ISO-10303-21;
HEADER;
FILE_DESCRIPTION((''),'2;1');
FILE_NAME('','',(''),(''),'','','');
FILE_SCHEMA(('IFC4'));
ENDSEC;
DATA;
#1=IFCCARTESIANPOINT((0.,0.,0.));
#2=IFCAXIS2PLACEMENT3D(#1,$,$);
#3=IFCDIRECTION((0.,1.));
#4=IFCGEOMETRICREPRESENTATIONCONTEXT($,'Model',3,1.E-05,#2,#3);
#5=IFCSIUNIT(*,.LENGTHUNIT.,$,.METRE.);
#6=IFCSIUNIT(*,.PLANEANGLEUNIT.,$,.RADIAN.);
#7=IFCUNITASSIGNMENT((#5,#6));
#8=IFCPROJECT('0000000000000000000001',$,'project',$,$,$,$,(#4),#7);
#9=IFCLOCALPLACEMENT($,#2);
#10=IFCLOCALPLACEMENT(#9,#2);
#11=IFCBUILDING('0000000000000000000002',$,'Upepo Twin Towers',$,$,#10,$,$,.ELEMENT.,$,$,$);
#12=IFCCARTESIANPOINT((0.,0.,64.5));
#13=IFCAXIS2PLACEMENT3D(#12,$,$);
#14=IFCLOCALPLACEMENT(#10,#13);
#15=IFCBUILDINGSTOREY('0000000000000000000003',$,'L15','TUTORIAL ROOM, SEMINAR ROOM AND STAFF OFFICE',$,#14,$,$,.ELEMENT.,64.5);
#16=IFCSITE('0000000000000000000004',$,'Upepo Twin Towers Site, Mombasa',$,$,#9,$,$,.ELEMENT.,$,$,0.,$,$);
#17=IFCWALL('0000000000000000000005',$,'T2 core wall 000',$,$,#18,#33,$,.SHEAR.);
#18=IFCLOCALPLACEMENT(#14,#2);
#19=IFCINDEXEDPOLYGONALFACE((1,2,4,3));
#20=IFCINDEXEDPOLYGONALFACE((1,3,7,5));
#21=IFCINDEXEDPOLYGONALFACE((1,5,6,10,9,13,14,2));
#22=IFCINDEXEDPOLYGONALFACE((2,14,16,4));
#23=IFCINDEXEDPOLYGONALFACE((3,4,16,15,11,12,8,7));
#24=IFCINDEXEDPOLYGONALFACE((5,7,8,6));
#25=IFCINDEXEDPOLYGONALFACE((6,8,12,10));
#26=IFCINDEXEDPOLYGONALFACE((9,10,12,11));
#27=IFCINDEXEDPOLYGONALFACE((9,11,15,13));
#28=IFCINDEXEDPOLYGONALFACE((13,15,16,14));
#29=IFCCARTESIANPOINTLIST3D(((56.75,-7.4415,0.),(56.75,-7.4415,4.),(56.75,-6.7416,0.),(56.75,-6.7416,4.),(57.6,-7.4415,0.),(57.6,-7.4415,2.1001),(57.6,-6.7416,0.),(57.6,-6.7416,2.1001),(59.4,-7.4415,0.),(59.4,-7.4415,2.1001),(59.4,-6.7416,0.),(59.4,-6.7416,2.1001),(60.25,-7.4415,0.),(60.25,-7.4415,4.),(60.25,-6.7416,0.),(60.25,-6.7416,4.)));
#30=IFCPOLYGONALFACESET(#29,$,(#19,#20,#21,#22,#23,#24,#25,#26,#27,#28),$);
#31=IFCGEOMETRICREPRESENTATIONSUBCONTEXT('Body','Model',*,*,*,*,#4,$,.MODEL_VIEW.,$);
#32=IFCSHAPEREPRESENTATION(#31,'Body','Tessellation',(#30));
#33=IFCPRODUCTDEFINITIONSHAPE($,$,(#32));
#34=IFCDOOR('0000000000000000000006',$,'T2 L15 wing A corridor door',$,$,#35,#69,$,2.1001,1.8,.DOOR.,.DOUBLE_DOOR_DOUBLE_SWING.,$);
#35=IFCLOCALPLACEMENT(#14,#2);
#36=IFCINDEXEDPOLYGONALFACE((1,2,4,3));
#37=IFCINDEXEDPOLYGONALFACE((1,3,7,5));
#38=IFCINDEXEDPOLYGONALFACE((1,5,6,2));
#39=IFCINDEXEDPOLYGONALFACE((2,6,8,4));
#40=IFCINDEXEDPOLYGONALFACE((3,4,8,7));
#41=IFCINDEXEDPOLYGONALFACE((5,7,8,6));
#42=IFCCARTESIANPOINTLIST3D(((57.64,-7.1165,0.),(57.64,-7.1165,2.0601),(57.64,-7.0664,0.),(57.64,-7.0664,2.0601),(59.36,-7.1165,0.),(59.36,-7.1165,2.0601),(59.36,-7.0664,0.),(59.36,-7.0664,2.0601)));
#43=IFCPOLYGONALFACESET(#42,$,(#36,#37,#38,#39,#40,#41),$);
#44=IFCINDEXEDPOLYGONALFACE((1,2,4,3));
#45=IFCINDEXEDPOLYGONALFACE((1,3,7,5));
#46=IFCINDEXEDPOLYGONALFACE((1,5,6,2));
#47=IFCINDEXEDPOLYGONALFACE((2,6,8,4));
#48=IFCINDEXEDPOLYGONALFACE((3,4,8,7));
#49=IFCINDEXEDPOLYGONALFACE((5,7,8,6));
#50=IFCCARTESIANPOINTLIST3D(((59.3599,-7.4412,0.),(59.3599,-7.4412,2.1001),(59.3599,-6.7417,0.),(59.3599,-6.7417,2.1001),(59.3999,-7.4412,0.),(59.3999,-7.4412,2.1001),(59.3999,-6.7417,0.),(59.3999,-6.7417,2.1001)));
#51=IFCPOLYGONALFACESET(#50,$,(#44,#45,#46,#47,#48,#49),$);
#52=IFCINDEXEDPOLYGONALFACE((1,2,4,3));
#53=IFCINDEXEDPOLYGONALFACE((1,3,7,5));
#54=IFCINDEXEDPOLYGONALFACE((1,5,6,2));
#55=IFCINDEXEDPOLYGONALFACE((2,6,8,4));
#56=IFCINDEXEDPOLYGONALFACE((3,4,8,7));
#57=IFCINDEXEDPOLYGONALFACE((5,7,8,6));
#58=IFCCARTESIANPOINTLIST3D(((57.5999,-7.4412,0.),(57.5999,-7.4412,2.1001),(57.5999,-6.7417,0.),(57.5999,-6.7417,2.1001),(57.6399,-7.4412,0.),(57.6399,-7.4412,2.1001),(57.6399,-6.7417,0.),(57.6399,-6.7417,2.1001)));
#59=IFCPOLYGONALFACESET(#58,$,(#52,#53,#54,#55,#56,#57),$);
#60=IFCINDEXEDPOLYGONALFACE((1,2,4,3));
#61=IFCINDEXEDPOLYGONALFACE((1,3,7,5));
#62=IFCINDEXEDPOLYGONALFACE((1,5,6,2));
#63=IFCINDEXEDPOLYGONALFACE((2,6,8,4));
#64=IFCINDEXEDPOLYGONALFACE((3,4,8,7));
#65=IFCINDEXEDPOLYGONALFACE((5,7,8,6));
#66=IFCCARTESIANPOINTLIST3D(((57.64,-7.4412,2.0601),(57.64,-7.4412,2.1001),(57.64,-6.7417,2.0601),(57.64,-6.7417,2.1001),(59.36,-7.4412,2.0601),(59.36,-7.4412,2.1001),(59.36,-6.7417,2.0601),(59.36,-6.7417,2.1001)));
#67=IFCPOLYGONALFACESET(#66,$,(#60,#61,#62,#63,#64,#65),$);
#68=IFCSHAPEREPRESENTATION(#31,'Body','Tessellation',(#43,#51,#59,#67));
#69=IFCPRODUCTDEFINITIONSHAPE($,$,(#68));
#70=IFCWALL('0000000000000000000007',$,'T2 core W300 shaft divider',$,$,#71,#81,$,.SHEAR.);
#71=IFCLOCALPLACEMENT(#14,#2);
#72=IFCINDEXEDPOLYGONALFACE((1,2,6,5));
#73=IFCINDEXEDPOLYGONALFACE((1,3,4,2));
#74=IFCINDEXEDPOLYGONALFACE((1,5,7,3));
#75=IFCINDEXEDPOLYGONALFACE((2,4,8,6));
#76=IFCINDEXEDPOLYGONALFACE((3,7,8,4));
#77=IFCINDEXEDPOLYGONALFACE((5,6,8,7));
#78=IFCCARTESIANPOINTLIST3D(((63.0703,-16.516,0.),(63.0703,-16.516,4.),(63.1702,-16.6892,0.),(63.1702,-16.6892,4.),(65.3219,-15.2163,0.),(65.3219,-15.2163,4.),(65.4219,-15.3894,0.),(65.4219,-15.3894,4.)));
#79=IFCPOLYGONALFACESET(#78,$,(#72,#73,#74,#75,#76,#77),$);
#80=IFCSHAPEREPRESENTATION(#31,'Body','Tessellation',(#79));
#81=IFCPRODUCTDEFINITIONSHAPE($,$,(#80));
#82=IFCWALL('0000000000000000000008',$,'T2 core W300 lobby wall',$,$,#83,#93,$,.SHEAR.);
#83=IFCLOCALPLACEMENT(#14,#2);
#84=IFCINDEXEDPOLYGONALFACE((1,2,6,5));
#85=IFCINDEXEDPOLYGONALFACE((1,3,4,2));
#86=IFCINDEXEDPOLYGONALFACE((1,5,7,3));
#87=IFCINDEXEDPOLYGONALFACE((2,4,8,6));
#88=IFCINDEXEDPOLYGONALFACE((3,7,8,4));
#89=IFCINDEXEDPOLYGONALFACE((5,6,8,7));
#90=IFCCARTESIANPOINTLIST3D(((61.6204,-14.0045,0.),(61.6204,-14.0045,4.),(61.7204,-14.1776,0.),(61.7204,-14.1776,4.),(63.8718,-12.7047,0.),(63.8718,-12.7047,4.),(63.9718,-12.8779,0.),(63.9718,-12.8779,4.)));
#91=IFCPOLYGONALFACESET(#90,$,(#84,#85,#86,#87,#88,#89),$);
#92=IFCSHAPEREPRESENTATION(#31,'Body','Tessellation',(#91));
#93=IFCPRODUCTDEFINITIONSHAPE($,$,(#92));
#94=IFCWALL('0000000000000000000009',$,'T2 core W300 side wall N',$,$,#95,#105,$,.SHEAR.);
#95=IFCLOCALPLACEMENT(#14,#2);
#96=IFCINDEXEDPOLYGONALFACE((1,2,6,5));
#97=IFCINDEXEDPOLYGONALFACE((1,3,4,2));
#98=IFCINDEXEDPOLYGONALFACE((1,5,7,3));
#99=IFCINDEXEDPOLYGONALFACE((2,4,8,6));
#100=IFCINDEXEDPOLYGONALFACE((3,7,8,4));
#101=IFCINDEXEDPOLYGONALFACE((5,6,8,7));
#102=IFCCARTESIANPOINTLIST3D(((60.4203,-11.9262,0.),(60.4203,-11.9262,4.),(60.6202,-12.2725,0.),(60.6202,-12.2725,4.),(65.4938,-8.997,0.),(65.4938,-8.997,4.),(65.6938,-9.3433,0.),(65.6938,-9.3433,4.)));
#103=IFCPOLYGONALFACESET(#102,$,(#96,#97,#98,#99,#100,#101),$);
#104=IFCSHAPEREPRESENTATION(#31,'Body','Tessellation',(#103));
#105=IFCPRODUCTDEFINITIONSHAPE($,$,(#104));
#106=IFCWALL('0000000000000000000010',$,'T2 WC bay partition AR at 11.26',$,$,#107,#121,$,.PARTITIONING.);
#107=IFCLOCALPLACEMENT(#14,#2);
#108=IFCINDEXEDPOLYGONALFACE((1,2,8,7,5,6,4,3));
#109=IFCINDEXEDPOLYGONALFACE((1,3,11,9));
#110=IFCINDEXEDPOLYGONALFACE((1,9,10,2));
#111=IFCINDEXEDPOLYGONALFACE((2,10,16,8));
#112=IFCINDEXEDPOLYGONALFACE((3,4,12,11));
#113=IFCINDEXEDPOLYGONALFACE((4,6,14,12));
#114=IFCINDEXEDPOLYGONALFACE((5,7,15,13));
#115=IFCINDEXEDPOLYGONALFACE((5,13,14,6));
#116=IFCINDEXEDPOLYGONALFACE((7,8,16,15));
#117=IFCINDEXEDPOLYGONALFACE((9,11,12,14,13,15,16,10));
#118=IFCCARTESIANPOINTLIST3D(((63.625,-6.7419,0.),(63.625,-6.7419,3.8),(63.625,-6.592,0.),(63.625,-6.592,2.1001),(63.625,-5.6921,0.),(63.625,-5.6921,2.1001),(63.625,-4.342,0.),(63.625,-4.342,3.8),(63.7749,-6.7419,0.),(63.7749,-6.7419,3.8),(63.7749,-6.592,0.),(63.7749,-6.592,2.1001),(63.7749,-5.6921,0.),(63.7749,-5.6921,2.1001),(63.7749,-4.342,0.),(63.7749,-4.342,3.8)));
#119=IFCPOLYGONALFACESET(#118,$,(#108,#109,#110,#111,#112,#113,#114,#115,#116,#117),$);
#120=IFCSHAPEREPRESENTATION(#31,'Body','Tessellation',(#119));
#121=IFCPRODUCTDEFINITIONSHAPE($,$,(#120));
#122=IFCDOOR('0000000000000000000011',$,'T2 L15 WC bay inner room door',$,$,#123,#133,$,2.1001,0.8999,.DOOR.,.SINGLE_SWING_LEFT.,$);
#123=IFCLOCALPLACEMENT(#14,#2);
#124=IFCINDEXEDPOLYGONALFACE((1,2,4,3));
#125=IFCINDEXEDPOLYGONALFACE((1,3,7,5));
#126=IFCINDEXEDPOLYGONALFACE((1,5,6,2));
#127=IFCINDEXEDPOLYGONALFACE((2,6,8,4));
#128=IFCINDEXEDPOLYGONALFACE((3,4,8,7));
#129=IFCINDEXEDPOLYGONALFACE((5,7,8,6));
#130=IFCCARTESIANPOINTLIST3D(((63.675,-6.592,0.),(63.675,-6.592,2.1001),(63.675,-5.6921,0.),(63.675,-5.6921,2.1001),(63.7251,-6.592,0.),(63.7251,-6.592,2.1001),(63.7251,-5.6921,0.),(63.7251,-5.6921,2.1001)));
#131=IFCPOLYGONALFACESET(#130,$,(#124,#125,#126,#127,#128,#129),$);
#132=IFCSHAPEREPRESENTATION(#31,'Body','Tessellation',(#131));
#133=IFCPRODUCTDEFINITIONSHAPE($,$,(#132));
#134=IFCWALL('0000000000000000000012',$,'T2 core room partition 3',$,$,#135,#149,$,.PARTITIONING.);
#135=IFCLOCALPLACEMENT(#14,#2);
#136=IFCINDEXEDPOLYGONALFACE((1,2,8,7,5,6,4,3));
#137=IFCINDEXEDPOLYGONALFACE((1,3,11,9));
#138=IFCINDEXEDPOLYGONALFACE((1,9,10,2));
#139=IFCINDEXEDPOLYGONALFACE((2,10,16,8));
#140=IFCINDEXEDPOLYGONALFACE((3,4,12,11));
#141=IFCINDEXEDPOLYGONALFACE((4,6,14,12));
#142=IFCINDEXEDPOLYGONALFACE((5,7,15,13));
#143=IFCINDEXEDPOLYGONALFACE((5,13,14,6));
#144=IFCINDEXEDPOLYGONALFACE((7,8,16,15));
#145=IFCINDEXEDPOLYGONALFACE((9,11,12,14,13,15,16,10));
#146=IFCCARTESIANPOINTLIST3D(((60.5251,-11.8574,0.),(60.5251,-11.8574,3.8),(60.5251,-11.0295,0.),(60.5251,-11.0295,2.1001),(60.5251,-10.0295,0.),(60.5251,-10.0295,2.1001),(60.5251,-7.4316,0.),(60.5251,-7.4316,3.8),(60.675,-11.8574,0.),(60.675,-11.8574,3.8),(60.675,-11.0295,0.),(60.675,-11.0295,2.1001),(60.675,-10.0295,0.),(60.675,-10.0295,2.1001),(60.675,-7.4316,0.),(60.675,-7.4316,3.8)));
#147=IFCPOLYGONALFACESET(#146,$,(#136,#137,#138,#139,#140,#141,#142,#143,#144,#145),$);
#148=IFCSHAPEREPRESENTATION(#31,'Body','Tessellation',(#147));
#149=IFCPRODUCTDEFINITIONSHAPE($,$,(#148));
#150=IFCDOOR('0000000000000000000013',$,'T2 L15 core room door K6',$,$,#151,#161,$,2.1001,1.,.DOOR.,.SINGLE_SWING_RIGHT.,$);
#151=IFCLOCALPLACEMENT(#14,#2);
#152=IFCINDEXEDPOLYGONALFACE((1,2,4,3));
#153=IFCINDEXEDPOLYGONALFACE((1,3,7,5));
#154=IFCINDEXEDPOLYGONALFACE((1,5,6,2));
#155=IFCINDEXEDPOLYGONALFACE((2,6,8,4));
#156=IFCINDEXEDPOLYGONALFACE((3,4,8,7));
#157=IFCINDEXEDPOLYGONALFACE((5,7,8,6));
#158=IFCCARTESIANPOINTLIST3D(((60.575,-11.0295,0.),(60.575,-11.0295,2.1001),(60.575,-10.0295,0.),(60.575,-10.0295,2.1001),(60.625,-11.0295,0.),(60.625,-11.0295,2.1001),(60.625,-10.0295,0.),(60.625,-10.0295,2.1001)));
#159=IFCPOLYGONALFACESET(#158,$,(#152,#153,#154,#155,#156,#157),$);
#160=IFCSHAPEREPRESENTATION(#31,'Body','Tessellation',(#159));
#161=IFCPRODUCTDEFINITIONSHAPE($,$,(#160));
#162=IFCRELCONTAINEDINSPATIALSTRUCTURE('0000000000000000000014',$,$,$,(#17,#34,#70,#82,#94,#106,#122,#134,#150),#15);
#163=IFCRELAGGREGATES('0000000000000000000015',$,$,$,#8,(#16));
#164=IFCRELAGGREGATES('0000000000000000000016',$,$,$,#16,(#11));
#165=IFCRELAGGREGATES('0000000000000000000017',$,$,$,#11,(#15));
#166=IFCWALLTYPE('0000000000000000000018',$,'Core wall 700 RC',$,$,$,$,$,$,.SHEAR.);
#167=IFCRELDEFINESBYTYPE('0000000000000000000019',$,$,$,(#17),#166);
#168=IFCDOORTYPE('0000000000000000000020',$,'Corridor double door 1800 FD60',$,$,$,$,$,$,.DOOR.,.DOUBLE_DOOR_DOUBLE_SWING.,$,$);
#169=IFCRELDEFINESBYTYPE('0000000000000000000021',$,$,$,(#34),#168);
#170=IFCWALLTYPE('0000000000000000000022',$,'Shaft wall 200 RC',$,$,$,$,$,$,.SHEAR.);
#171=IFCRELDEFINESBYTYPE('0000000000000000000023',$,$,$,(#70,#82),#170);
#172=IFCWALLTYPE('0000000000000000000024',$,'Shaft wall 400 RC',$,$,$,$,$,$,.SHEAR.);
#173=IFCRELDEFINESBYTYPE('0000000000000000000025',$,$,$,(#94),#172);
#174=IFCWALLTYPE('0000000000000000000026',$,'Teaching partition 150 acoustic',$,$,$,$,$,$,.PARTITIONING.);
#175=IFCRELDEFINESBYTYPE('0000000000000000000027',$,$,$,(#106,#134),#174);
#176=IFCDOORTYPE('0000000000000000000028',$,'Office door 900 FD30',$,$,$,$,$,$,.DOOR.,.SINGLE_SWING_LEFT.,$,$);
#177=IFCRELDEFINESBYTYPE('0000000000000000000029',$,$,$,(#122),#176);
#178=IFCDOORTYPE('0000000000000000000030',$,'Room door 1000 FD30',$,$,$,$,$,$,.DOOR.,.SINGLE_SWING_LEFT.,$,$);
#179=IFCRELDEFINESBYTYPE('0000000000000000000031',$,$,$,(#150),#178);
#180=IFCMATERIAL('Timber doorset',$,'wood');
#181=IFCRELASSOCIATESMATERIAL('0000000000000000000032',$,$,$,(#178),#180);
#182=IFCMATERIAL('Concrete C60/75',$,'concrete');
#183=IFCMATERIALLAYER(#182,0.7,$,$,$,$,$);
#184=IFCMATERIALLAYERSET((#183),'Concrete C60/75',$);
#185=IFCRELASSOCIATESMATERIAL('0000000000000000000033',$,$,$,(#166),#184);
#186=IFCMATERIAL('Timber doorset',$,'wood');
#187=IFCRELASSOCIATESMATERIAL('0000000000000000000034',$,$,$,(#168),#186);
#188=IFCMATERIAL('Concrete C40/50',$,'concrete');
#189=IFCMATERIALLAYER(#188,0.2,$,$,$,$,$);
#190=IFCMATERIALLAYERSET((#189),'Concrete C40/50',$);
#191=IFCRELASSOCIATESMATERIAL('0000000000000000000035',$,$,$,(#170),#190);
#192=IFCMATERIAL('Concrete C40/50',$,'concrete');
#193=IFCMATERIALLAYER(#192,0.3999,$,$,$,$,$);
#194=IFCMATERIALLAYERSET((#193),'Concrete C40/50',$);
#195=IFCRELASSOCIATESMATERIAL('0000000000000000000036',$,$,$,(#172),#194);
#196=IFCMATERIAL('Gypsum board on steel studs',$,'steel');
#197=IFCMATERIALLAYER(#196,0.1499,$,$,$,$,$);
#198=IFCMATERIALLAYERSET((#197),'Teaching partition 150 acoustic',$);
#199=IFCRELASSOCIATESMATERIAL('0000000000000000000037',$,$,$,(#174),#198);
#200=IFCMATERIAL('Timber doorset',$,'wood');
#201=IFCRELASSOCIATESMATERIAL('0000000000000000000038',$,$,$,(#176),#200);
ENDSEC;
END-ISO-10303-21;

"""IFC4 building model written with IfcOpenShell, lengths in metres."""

from ifc_helpers import new_model, si_unit, direction, frame, frame_2d, origin, place, context, subcontext, project, spatial, rectangle, extrude, material, layer, layer_set, type_object, element, fill, save


model = new_model("IFC4")

# Units and contexts
model_context = context("Model", 3, precision=1e-05, world=origin(), true_north=direction((0.0, 1.0)))
body_context = subcontext(model_context, "Body", "Model", "MODEL_VIEW")
ifc_project = project(units=[si_unit("LENGTHUNIT", "METRE"), si_unit("PLANEANGLEUNIT", "RADIAN")], contexts=[model_context])

# Site, building, storey
site_placement = place(None, origin())
site = spatial("IfcSite", under=ifc_project, at=site_placement, Name="Upepo Twin Towers Site, Mombasa", CompositionType="ELEMENT", RefElevation=0.0)
building_placement = place(site_placement, origin())
building = spatial("IfcBuilding", under=site, at=building_placement, Name="Upepo Twin Towers", CompositionType="ELEMENT")
storey_placement = place(building_placement, frame((0.0, 0.0, 64.5)))
storey = spatial("IfcBuildingStorey", under=building, at=storey_placement, Name="L15", Description="TUTORIAL ROOM, SEMINAR ROOM AND STAFF OFFICE", CompositionType="ELEMENT", Elevation=64.5)

# Shared definitions
ifc_material_1 = material(Name="Timber doorset", Category="wood")
door_type_1 = type_object("IfcDoorType", Name="Room door 1000 FD30", OperationType="SINGLE_SWING_LEFT", PredefinedType="DOOR", material=ifc_material_1)

# Shared definitions
ifc_material_2 = material(Name="Concrete C60/75", Category="concrete")
ifc_layer_1 = layer(ifc_material_2, 0.7)
ifc_layer_set_1 = layer_set([ifc_layer_1], Name="Concrete C60/75")
wall_type_1 = type_object("IfcWallType", Name="Core wall 700 RC", PredefinedType="SHEAR", material=ifc_layer_set_1)

# Wall, opening, door
wall_1_placement = place(storey_placement, frame((60.25, -7.0916, 0.0), z_axis=(0.0, 0.0, 1.0), x_axis=(-1.0, 0.0, 0.0)))
wall_1 = element("IfcWall", 1, at=wall_1_placement, inside=storey, type_object=wall_type_1, Name="T2 core wall 000", PredefinedType="SHEAR", context=body_context, shape_type="SweptSolid", body=[
    extrude(rectangle(XDim=3.5, YDim=0.7, at=frame_2d((1.75, 0.0))), origin(), (0.0, 0.0, 1.0), 4.0),
])
opening_1_placement = place(wall_1_placement, frame((0.8501, 0.0, 0.0)))
opening_1 = element("IfcOpeningElement", 2, at=opening_1_placement, cuts=wall_1, PredefinedType="OPENING", context=body_context, shape_type="SweptSolid", body=[
    extrude(rectangle(XDim=1.8, YDim=2.1001, at=frame_2d((0.8999, 1.05))), frame((0.0, 0.3599, 0.0), z_axis=(0.0, -1.0, 0.0), x_axis=(1.0, 0.0, 0.0)), (0.0, 0.0, 1.0), 0.72),
])
ifc_material_3 = material(Name="Timber doorset", Category="wood")
door_type_2 = type_object("IfcDoorType", Name="Corridor double door 1800 FD60", OperationType="DOUBLE_DOOR_DOUBLE_SWING", PredefinedType="DOOR", material=ifc_material_3)
door_1_placement = place(opening_1_placement, origin())
door_1 = element("IfcDoor", 3, at=door_1_placement, inside=storey, type_object=door_type_2, Name="T2 L15 wing A corridor door", OperationType="DOUBLE_DOOR_DOUBLE_SWING", OverallHeight=2.1001, OverallWidth=1.8, PredefinedType="DOOR", context=body_context, shape_type="SweptSolid", body=[
    extrude(rectangle(XDim=1.72, YDim=2.0601, at=frame_2d((0.8999, 1.03))), frame((0.0, 0.0249, 0.0), z_axis=(0.0, -1.0, 0.0), x_axis=(1.0, 0.0, 0.0)), (0.0, 0.0, 1.0), 0.05),
    extrude(rectangle(XDim=0.04, YDim=2.1001, at=frame_2d((0.02, 1.05))), frame((0.0, 0.3496, 0.0), z_axis=(0.0, -1.0, 0.0), x_axis=(1.0, 0.0, 0.0)), (0.0, 0.0, 1.0), 0.6995),
    extrude(rectangle(XDim=0.04, YDim=2.1001, at=frame_2d((1.78, 1.05))), frame((0.0, 0.3496, 0.0), z_axis=(0.0, -1.0, 0.0), x_axis=(1.0, 0.0, 0.0)), (0.0, 0.0, 1.0), 0.6995),
    extrude(rectangle(XDim=1.72, YDim=0.04, at=frame_2d((0.8999, 2.0801))), frame((0.0, 0.3496, 0.0), z_axis=(0.0, -1.0, 0.0), x_axis=(1.0, 0.0, 0.0)), (0.0, 0.0, 1.0), 0.6995),
])
fill(opening_1, door_1)

# Walls
ifc_material_4 = material(Name="Concrete C40/50", Category="concrete")
ifc_layer_2 = layer(ifc_material_4, 0.2)
ifc_layer_set_2 = layer_set([ifc_layer_2], Name="Concrete C40/50")
wall_type_2 = type_object("IfcWallType", Name="Shaft wall 200 RC", PredefinedType="SHEAR", material=ifc_layer_set_2)
wall_2_placement = place(storey_placement, frame((63.1204, -16.6025, 0.0), z_axis=(0.0, 0.0, 1.0), x_axis=(0.866062, 0.499937, 0.0)))
element("IfcWall", 4, at=wall_2_placement, inside=storey, type_object=wall_type_2, Name="T2 core W300 shaft divider", PredefinedType="SHEAR", context=body_context, shape_type="SweptSolid", body=[
    extrude(rectangle(XDim=2.5999, YDim=0.2, at=frame_2d((1.2998, 0.0))), origin(), (0.0, 0.0, 1.0), 4.0),
])
wall_3_placement = place(storey_placement, frame((61.6704, -14.0911, 0.0), z_axis=(0.0, 0.0, 1.0), x_axis=(0.866039, 0.499977, 0.0)))
element("IfcWall", 5, at=wall_3_placement, inside=storey, type_object=wall_type_2, Name="T2 core W300 lobby wall", PredefinedType="SHEAR", context=body_context, shape_type="SweptSolid", body=[
    extrude(rectangle(XDim=2.5996, YDim=0.2, at=frame_2d((1.2998, 0.0))), origin(), (0.0, 0.0, 1.0), 4.0),
])
ifc_material_5 = material(Name="Concrete C40/50", Category="concrete")
ifc_layer_3 = layer(ifc_material_5, 0.3999)
ifc_layer_set_3 = layer_set([ifc_layer_3], Name="Concrete C40/50")
wall_type_3 = type_object("IfcWallType", Name="Shaft wall 400 RC", PredefinedType="SHEAR", material=ifc_layer_set_3)
wall_4_placement = place(storey_placement, frame((60.5203, -12.0994, 0.0), z_axis=(0.0, 0.0, 1.0), x_axis=(0.866024, 0.500003, 0.0)))
element("IfcWall", 6, at=wall_4_placement, inside=storey, type_object=wall_type_3, Name="T2 core W300 side wall N", PredefinedType="SHEAR", context=body_context, shape_type="SweptSolid", body=[
    extrude(rectangle(XDim=5.8584, YDim=0.3999, at=frame_2d((2.9292, 0.0))), origin(), (0.0, 0.0, 1.0), 4.0),
])

# Walls, openings, doors
ifc_material_6 = material(Name="Gypsum board on steel studs", Category="steel")
ifc_layer_4 = layer(ifc_material_6, 0.1499)
ifc_layer_set_4 = layer_set([ifc_layer_4], Name="Teaching partition 150 acoustic")
wall_type_4 = type_object("IfcWallType", Name="Teaching partition 150 acoustic", PredefinedType="PARTITIONING", material=ifc_layer_set_4)
wall_5_placement = place(storey_placement, frame((63.7, -6.7419, 0.0), z_axis=(0.0, 0.0, 1.0), x_axis=(0.0, 1.0, 0.0)))
wall_5 = element("IfcWall", 7, at=wall_5_placement, inside=storey, type_object=wall_type_4, Name="T2 WC bay partition AR at 11.26", PredefinedType="PARTITIONING", context=body_context, shape_type="SweptSolid", body=[
    extrude(rectangle(XDim=2.3999, YDim=0.1499, at=frame_2d((1.2, 0.0))), origin(), (0.0, 0.0, 1.0), 3.8),
])
opening_2_placement = place(wall_5_placement, frame((0.1499, 0.0, 0.0)))
opening_2 = element("IfcOpeningElement", 8, at=opening_2_placement, cuts=wall_5, PredefinedType="OPENING", context=body_context, shape_type="SweptSolid", body=[
    extrude(rectangle(XDim=0.8999, YDim=2.1001, at=frame_2d((0.45, 1.05))), frame((0.0, 0.085, 0.0), z_axis=(0.0, -1.0, 0.0), x_axis=(1.0, 0.0, 0.0)), (0.0, 0.0, 1.0), 0.1699),
])
ifc_material_7 = material(Name="Timber doorset", Category="wood")
door_type_3 = type_object("IfcDoorType", Name="Office door 900 FD30", OperationType="SINGLE_SWING_LEFT", PredefinedType="DOOR", material=ifc_material_7)
door_2_placement = place(opening_2_placement, origin())
door_2 = element("IfcDoor", 9, at=door_2_placement, inside=storey, type_object=door_type_3, Name="T2 L15 WC bay inner room door", OperationType="SINGLE_SWING_LEFT", OverallHeight=2.1001, OverallWidth=0.8999, PredefinedType="DOOR", context=body_context, shape_type="SweptSolid", body=[
    extrude(rectangle(XDim=0.8999, YDim=2.1001, at=frame_2d((0.45, 1.05))), frame((0.0, 0.0249, 0.0), z_axis=(0.0, -1.0, 0.0), x_axis=(1.0, 0.0, 0.0)), (0.0, 0.0, 1.0), 0.05),
])
fill(opening_2, door_2)
wall_6_placement = place(storey_placement, frame((60.6001, -7.4316, 0.0), z_axis=(0.0, 0.0, 1.0), x_axis=(0.0, -1.0, 0.0)))
wall_6 = element("IfcWall", 10, at=wall_6_placement, inside=storey, type_object=wall_type_4, Name="T2 core room partition 3", PredefinedType="PARTITIONING", context=body_context, shape_type="SweptSolid", body=[
    extrude(rectangle(XDim=4.4258, YDim=0.1499, at=frame_2d((2.2129, 0.0))), origin(), (0.0, 0.0, 1.0), 3.8),
])
opening_3_placement = place(wall_6_placement, frame((2.5979, 0.0, 0.0)))
opening_3 = element("IfcOpeningElement", 11, at=opening_3_placement, cuts=wall_6, PredefinedType="OPENING", context=body_context, shape_type="SweptSolid", body=[
    extrude(rectangle(XDim=1.0, YDim=2.1001, at=frame_2d((0.5, 1.05))), frame((0.0, 0.085, 0.0), z_axis=(0.0, -1.0, 0.0), x_axis=(1.0, 0.0, 0.0)), (0.0, 0.0, 1.0), 0.1699),
])
door_3_placement = place(opening_3_placement, origin())
door_3 = element("IfcDoor", 12, at=door_3_placement, inside=storey, type_object=door_type_1, Name="T2 L15 core room door K6", OperationType="SINGLE_SWING_RIGHT", OverallHeight=2.1001, OverallWidth=1.0, PredefinedType="DOOR", context=body_context, shape_type="SweptSolid", body=[
    extrude(rectangle(XDim=1.0, YDim=2.1001, at=frame_2d((0.5, 1.05))), frame((0.0, 0.0249, 0.0), z_axis=(0.0, -1.0, 0.0), x_axis=(1.0, 0.0, 0.0)), (0.0, 0.0, 1.0), 0.05),
])
fill(opening_3, door_3)

save(model, "model.ifc")
